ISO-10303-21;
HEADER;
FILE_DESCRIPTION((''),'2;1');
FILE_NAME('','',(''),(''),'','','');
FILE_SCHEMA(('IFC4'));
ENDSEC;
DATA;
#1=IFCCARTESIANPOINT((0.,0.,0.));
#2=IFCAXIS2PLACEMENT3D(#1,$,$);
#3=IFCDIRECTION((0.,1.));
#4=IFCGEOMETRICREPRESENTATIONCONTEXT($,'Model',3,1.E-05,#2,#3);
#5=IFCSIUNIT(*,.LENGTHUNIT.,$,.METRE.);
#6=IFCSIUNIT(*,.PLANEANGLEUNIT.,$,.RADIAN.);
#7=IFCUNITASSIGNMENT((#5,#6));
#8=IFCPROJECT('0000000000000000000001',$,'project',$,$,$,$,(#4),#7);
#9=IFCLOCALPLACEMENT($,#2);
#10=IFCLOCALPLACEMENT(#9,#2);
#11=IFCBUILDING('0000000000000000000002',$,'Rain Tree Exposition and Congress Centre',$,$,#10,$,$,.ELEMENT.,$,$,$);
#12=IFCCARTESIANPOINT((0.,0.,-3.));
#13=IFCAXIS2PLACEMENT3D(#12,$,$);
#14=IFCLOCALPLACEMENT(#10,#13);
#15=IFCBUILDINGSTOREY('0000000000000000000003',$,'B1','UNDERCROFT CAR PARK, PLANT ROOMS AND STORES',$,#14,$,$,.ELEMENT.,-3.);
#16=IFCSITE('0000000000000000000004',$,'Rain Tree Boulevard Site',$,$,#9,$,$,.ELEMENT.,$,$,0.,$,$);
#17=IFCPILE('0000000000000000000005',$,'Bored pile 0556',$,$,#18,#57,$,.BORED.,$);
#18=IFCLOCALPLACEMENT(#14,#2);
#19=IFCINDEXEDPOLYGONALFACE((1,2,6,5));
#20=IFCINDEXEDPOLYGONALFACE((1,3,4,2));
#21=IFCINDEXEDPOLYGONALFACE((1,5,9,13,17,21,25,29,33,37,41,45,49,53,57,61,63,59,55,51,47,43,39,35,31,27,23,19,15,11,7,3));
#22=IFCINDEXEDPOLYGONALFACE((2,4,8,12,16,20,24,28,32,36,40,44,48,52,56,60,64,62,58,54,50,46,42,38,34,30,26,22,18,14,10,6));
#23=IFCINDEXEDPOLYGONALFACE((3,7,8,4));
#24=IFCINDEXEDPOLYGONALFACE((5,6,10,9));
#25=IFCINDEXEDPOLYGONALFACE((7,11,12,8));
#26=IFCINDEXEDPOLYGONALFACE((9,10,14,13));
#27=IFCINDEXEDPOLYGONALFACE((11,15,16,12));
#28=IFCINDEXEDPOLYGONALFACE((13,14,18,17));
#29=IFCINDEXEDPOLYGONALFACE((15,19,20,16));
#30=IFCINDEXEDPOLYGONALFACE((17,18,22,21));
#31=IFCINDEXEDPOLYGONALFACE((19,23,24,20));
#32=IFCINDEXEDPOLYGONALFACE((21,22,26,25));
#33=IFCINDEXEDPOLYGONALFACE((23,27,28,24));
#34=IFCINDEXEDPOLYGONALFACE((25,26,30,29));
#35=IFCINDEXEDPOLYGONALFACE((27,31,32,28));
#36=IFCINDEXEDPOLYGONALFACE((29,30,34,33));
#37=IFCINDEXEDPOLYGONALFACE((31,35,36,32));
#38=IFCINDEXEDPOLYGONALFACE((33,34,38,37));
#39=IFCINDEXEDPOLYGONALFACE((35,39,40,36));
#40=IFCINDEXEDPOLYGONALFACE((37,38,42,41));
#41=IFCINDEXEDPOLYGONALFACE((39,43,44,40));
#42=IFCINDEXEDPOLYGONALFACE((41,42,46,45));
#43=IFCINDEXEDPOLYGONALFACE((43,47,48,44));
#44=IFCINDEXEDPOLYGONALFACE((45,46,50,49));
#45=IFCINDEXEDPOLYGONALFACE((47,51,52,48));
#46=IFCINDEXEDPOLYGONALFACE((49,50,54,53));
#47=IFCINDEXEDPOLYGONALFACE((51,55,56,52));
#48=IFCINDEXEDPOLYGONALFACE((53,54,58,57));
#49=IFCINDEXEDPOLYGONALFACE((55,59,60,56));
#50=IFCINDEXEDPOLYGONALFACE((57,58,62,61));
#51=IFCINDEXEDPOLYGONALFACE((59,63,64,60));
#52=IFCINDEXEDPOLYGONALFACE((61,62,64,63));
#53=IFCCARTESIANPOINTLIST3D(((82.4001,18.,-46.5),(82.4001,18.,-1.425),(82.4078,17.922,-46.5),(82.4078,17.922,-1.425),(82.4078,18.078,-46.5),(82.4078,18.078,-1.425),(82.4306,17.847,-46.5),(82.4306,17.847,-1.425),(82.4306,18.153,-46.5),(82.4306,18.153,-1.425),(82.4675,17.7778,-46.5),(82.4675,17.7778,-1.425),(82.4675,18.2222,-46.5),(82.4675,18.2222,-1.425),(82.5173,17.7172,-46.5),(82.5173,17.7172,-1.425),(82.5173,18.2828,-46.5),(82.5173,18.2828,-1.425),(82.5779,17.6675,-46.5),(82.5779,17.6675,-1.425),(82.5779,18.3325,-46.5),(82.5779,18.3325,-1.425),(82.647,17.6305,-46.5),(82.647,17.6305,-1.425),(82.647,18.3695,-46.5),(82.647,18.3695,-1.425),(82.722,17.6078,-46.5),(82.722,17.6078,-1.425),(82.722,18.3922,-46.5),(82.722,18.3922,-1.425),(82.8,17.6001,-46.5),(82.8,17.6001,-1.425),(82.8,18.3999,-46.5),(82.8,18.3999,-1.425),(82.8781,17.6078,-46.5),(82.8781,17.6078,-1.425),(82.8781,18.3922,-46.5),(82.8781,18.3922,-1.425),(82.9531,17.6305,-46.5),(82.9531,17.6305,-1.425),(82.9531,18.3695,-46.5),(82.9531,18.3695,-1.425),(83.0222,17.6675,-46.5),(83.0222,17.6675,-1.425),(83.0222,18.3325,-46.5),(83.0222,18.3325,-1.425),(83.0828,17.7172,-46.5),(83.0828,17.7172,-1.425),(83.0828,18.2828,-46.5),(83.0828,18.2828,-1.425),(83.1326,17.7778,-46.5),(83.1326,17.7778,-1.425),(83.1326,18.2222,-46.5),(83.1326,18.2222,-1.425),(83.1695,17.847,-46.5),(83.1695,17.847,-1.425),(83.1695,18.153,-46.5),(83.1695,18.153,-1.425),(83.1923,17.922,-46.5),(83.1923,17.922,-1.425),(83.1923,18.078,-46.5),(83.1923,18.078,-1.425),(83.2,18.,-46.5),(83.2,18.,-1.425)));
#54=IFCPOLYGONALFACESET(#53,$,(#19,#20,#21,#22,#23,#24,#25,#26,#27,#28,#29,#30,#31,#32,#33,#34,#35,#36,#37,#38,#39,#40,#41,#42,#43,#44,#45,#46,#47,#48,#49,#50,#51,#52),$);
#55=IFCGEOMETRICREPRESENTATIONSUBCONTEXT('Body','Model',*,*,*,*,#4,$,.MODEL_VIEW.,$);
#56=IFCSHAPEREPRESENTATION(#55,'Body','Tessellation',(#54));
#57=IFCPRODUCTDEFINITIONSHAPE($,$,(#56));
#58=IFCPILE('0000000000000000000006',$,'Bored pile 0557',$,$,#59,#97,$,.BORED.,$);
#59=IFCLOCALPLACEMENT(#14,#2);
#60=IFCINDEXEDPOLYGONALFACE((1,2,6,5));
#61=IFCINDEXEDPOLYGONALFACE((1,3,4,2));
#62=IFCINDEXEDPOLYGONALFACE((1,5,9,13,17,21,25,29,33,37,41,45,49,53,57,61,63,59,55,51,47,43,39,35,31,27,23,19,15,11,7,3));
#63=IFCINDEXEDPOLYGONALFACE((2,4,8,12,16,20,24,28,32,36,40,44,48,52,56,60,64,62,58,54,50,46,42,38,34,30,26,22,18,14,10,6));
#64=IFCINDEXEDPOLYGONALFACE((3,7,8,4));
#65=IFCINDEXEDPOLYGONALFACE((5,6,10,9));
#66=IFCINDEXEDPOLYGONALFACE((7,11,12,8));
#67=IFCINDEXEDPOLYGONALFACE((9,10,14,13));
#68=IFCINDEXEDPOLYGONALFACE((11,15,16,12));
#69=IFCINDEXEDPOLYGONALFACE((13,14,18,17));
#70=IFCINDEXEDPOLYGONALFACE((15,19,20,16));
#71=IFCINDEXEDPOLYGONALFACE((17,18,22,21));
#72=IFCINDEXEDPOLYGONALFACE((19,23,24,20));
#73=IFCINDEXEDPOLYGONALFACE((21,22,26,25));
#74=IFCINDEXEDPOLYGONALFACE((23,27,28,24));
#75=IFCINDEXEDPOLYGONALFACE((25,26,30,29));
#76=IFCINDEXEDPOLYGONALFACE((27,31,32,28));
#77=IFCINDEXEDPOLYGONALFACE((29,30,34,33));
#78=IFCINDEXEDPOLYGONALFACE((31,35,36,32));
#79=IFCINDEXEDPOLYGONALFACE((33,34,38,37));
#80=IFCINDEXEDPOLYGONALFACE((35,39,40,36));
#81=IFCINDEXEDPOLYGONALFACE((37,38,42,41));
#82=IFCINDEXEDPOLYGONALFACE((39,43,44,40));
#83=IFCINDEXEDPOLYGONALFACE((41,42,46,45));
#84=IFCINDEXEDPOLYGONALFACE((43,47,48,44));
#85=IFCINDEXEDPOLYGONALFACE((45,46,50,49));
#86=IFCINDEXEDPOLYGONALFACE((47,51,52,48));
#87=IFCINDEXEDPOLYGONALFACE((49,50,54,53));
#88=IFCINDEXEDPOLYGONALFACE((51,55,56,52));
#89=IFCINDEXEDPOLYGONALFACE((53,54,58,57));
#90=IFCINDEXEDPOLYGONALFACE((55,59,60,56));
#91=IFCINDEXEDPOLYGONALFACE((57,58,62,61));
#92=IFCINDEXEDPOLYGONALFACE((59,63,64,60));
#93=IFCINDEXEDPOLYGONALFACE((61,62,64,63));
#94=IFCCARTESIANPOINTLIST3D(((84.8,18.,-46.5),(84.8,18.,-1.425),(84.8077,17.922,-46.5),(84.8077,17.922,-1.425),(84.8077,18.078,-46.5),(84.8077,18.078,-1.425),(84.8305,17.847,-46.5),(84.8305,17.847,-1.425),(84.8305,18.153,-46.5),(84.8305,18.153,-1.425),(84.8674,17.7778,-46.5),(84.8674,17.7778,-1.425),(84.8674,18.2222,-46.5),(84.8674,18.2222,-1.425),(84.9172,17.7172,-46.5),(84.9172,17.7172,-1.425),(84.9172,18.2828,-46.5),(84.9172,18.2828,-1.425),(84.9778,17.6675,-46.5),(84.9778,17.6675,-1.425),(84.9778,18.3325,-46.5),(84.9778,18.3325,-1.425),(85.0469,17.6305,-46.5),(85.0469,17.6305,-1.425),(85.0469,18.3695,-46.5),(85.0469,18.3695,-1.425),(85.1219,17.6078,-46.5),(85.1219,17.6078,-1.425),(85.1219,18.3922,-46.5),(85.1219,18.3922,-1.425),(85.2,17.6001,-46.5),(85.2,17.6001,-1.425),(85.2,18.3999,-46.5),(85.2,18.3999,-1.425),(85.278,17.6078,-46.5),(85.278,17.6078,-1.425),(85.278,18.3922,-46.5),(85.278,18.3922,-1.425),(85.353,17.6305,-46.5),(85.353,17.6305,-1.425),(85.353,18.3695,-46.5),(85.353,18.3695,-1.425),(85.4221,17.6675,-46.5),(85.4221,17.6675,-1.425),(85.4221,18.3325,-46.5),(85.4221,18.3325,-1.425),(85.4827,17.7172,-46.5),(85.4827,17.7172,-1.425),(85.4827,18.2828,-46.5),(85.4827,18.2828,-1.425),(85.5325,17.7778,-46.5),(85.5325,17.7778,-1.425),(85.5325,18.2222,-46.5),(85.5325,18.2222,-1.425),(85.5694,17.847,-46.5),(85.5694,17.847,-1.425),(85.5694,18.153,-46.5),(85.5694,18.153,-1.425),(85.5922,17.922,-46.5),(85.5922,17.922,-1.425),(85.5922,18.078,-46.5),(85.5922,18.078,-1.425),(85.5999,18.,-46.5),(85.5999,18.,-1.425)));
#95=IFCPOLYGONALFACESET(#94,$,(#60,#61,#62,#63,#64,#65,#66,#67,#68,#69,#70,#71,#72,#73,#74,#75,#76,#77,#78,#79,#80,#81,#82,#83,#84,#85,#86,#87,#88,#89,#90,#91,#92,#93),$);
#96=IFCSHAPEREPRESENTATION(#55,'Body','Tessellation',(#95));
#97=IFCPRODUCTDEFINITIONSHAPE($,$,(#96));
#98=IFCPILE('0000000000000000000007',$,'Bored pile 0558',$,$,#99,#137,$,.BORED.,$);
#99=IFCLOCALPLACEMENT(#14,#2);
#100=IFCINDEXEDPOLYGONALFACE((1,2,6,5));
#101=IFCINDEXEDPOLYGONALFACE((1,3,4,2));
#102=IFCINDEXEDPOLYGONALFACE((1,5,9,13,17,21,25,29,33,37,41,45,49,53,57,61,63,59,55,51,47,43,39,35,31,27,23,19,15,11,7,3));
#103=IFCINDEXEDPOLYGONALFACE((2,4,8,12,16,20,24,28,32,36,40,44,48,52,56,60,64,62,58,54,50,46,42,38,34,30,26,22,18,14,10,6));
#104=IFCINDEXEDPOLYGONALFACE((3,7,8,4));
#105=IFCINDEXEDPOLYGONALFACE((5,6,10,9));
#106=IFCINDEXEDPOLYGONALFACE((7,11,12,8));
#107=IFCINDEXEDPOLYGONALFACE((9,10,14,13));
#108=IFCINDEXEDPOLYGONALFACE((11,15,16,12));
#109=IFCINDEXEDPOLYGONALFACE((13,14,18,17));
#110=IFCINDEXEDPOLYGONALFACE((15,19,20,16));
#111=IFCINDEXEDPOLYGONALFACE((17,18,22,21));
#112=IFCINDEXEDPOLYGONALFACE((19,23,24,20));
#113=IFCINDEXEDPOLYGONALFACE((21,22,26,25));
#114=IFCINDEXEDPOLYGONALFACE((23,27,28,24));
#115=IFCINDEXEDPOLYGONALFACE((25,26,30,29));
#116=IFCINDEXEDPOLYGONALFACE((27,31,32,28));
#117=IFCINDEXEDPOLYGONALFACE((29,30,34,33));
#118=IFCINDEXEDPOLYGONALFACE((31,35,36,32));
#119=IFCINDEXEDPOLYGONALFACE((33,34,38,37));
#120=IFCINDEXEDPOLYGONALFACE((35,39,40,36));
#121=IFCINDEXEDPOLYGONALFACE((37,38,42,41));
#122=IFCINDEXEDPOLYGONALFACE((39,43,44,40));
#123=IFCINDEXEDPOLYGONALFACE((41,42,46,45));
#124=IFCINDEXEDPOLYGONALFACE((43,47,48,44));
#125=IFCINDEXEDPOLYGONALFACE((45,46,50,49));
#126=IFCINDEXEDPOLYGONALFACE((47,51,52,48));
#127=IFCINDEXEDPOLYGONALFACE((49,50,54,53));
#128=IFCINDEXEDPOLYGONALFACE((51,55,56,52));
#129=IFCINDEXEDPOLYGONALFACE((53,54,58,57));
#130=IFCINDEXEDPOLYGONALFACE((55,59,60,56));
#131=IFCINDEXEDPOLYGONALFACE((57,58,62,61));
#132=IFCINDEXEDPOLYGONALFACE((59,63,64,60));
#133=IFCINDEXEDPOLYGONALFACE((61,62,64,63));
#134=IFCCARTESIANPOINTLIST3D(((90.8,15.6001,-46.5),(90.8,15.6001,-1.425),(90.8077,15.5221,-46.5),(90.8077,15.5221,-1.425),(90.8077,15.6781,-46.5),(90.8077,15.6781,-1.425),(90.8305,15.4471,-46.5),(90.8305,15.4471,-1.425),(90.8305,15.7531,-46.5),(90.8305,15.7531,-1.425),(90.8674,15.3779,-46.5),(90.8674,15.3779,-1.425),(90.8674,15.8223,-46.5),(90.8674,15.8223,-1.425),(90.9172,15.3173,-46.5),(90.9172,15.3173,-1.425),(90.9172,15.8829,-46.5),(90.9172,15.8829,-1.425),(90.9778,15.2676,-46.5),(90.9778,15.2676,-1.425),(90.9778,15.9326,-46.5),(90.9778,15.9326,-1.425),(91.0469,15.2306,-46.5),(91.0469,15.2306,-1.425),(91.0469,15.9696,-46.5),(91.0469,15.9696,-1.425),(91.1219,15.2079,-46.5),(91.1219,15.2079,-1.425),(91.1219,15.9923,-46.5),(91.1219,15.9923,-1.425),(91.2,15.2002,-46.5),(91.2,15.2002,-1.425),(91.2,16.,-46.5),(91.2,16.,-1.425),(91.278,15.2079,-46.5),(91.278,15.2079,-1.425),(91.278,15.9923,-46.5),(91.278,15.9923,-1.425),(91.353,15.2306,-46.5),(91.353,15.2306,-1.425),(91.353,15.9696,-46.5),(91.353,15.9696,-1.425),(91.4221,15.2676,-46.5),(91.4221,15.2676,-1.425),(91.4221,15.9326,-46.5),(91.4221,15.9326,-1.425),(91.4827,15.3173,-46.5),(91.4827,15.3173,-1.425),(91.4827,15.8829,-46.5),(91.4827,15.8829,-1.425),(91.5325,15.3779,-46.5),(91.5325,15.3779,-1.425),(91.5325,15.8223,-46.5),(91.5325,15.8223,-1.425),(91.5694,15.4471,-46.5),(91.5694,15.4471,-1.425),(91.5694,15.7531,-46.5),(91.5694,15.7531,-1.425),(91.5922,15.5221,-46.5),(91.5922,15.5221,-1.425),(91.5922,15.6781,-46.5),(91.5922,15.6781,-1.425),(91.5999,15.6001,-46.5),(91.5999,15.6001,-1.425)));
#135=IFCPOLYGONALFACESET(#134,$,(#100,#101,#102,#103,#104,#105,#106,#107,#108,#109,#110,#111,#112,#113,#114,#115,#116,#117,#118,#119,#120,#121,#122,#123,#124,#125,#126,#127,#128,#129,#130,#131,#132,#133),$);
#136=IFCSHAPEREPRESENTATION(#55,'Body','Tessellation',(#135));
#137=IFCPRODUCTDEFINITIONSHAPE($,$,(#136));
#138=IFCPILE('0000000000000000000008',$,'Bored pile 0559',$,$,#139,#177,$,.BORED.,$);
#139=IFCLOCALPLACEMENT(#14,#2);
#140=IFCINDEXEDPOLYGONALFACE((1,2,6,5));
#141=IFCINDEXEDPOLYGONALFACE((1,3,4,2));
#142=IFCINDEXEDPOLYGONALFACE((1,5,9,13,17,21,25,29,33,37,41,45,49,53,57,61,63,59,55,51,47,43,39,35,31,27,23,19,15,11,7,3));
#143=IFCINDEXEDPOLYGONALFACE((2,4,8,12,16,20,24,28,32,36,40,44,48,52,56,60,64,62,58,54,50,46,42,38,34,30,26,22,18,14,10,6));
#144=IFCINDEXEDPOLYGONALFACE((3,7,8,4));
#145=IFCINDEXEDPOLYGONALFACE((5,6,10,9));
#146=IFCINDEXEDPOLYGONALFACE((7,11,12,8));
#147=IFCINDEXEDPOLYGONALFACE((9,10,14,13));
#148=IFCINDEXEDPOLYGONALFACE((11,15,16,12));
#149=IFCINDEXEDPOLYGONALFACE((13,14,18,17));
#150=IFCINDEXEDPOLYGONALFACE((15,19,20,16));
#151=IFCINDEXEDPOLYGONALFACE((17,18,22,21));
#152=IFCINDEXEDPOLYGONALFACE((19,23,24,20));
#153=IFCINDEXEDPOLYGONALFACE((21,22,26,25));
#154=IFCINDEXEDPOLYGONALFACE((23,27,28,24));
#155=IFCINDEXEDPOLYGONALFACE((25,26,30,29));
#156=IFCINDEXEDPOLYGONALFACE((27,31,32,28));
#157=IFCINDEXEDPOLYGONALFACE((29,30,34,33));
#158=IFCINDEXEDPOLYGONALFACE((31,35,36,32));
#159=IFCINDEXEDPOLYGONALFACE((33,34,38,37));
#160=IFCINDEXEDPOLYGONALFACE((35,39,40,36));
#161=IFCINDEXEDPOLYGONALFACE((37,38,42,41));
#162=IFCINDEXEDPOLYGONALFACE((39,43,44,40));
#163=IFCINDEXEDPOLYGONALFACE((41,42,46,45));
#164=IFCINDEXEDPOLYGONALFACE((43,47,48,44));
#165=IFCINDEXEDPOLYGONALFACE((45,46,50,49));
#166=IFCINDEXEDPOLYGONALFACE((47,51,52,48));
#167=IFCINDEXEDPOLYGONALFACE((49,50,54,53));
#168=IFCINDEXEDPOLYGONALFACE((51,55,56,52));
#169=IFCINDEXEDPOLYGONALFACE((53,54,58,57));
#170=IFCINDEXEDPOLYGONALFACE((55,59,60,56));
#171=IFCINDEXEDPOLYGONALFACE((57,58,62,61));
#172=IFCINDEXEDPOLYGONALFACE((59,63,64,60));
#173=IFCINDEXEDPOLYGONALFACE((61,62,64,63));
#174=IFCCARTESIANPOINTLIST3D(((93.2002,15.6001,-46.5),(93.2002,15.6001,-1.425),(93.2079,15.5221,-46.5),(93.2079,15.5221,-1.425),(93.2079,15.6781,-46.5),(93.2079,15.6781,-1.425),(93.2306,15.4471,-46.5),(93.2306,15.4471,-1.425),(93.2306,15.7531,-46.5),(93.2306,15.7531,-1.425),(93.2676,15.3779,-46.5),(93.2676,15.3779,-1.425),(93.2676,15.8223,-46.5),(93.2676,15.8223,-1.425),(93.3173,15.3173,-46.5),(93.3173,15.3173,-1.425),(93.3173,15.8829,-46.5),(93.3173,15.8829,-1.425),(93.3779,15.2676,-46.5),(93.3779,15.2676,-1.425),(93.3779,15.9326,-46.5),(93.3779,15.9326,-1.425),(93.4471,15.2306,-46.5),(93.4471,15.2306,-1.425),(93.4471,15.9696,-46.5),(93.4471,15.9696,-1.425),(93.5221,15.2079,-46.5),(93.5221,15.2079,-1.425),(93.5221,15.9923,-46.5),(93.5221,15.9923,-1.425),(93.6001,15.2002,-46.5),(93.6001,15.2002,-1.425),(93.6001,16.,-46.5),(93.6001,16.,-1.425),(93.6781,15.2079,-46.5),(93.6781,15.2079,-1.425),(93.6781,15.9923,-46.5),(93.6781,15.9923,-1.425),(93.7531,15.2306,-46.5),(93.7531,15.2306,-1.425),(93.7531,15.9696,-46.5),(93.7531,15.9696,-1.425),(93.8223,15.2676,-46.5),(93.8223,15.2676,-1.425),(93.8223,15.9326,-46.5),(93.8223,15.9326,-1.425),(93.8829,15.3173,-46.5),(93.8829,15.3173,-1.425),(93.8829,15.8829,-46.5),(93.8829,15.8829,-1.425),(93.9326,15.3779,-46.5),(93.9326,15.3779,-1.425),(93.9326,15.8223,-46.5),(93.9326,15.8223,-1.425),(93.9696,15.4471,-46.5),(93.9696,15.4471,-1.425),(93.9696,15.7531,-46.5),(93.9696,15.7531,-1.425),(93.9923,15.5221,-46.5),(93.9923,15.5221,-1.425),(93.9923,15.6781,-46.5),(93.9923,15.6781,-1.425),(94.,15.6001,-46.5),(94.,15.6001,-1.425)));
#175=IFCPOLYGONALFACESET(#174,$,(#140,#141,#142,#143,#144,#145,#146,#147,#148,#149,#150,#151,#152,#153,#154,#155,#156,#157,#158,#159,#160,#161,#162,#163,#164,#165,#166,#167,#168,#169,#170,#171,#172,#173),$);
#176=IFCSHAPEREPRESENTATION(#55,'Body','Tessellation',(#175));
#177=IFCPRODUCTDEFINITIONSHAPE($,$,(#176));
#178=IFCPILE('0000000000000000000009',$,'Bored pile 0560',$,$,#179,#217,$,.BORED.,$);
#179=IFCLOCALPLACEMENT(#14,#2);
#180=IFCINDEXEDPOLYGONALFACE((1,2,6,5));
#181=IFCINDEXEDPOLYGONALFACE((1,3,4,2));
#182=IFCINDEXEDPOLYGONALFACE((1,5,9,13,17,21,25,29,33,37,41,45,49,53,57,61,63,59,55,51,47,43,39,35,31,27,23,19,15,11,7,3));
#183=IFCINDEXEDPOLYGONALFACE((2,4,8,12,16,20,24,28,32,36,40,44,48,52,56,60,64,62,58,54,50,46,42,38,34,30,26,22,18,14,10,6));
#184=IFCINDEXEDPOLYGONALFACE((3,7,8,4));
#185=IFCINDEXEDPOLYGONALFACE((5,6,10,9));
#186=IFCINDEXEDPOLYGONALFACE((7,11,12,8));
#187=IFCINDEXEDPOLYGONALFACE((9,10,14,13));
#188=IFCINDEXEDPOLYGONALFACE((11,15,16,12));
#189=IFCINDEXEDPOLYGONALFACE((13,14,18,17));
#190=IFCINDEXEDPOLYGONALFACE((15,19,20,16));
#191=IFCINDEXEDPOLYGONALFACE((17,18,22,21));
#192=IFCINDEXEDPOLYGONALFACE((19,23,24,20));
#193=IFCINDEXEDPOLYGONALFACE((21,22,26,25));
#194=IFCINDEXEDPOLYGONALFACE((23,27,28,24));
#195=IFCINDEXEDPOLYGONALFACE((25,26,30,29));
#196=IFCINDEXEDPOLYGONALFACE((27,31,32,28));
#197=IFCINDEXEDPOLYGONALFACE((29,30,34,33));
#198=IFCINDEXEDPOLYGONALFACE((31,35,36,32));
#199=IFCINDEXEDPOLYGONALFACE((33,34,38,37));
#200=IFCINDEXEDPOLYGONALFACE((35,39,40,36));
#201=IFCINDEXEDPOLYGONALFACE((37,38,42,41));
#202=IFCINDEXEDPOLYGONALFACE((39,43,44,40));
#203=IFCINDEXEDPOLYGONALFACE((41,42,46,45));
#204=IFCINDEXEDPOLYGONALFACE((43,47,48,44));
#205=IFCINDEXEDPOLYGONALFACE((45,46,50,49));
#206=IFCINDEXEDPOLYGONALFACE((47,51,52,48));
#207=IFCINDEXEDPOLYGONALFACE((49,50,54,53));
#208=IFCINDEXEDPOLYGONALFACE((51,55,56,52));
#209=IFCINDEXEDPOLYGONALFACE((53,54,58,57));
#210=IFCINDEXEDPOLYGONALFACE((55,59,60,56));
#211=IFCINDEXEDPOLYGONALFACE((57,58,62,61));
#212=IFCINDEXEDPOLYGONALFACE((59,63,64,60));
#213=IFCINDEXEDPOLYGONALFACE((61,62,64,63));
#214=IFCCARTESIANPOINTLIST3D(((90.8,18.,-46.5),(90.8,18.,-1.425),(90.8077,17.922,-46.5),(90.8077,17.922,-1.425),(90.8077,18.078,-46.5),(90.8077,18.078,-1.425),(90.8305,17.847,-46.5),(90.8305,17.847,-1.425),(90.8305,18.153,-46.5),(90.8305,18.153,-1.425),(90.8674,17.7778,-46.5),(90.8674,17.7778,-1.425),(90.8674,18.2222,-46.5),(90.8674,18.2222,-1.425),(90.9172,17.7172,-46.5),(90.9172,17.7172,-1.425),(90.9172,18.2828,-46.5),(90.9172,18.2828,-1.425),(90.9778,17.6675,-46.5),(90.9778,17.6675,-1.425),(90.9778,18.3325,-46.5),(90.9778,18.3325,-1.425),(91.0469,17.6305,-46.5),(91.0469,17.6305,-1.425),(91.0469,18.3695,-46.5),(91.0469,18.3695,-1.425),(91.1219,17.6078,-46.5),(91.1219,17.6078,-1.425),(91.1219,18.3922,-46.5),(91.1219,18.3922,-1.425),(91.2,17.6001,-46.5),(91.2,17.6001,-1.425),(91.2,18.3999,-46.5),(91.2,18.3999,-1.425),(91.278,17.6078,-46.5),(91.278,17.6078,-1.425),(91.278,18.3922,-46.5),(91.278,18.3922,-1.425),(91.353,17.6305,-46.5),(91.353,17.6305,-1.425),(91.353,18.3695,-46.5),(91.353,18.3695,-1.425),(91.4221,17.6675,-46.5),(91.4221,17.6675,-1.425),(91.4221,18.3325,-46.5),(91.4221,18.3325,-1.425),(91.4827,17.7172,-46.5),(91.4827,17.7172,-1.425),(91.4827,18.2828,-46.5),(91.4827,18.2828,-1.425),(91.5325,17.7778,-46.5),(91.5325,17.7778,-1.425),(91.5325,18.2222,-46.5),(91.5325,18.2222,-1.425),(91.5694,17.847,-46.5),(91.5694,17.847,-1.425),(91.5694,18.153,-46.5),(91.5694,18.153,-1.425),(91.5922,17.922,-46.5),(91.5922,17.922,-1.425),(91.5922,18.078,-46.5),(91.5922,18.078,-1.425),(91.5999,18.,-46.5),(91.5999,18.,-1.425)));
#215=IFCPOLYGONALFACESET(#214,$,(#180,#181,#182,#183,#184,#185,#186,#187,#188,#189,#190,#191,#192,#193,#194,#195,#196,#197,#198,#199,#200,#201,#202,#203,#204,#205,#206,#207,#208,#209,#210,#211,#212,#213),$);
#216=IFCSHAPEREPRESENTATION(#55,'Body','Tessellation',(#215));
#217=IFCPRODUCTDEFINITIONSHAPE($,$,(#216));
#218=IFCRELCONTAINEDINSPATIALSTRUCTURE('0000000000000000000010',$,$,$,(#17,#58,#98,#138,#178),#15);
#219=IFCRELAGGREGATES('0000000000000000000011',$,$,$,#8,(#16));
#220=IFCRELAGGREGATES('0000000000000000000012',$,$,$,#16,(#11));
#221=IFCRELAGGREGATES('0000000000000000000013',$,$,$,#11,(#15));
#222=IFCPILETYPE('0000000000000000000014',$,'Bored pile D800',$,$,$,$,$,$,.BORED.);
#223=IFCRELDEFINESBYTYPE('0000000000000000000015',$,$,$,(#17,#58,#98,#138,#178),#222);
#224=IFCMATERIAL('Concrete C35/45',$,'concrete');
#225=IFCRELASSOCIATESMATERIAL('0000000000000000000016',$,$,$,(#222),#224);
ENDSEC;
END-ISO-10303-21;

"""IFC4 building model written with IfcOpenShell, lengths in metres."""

from ifc_helpers import new_model, si_unit, direction, frame, origin, origin_2d, place, context, subcontext, project, spatial, circle, extrude, material, material_profile, profile_set, type_object, element, save


model = new_model("IFC4")

# Units and contexts
model_context = context("Model", 3, precision=1e-05, world=origin(), true_north=direction((0.0, 1.0)))
body_context = subcontext(model_context, "Body", "Model", "MODEL_VIEW")
ifc_project = project(units=[si_unit("LENGTHUNIT", "METRE"), si_unit("PLANEANGLEUNIT", "RADIAN")], contexts=[model_context])

# Site, building, storey
site_placement = place(None, origin())
site = spatial("IfcSite", under=ifc_project, at=site_placement, Name="Rain Tree Boulevard Site", CompositionType="ELEMENT", RefElevation=0.0)
building_placement = place(site_placement, origin())
building = spatial("IfcBuilding", under=site, at=building_placement, Name="Rain Tree Exposition and Congress Centre", CompositionType="ELEMENT")
storey_placement = place(building_placement, frame((0.0, 0.0, -3.0)))
storey = spatial("IfcBuildingStorey", under=building, at=storey_placement, Name="B1", Description="UNDERCROFT CAR PARK, PLANT ROOMS AND STORES", CompositionType="ELEMENT", Elevation=-3.0)

# Piles
ifc_material_1 = material(Name="Concrete C35/45", Category="concrete")
ifc_material_profile_1 = material_profile(ifc_material_1, circle(Radius=0.3999, at=origin_2d()), Name="D800")
ifc_profile_set_1 = profile_set([ifc_material_profile_1], Name="Concrete C35/45")
pile_type_1 = type_object("IfcPileType", Name="Bored pile D800", PredefinedType="BORED", material=ifc_profile_set_1)
for number, where, z_axis, x_axis, name in (
    (1, (82.8, 18.0, -1.425), (0.0, 0.0, -1.0), (1.0, 0.0, 0.0), "Bored pile 0556"),
    (2, (85.2, 18.0, -1.425), (0.0, 0.0, -1.0), (1.0, 0.0, 0.0), "Bored pile 0557"),
    (3, (91.2, 15.6001, -1.425), (0.0, 0.0, -1.0), (1.0, 0.0, 0.0), "Bored pile 0558"),
    (4, (93.6001, 15.6001, -1.425), (0.0, 0.0, -1.0), (1.0, 0.0, 0.0), "Bored pile 0559"),
    (5, (91.2, 18.0, -1.425), (0.0, 0.0, -1.0), (1.0, 0.0, 0.0), "Bored pile 0560"),
):
    element("IfcPile", number, at=place(storey_placement, frame(where, z_axis=z_axis, x_axis=x_axis)), inside=storey, type_object=pile_type_1, Name=name, PredefinedType="BORED", context=body_context, shape_type="SweptSolid", body=[
        extrude(circle(Radius=0.3999, at=origin_2d()), origin(), (0.0, 0.0, 1.0), 45.075),
    ])

save(model, "model.ifc")
